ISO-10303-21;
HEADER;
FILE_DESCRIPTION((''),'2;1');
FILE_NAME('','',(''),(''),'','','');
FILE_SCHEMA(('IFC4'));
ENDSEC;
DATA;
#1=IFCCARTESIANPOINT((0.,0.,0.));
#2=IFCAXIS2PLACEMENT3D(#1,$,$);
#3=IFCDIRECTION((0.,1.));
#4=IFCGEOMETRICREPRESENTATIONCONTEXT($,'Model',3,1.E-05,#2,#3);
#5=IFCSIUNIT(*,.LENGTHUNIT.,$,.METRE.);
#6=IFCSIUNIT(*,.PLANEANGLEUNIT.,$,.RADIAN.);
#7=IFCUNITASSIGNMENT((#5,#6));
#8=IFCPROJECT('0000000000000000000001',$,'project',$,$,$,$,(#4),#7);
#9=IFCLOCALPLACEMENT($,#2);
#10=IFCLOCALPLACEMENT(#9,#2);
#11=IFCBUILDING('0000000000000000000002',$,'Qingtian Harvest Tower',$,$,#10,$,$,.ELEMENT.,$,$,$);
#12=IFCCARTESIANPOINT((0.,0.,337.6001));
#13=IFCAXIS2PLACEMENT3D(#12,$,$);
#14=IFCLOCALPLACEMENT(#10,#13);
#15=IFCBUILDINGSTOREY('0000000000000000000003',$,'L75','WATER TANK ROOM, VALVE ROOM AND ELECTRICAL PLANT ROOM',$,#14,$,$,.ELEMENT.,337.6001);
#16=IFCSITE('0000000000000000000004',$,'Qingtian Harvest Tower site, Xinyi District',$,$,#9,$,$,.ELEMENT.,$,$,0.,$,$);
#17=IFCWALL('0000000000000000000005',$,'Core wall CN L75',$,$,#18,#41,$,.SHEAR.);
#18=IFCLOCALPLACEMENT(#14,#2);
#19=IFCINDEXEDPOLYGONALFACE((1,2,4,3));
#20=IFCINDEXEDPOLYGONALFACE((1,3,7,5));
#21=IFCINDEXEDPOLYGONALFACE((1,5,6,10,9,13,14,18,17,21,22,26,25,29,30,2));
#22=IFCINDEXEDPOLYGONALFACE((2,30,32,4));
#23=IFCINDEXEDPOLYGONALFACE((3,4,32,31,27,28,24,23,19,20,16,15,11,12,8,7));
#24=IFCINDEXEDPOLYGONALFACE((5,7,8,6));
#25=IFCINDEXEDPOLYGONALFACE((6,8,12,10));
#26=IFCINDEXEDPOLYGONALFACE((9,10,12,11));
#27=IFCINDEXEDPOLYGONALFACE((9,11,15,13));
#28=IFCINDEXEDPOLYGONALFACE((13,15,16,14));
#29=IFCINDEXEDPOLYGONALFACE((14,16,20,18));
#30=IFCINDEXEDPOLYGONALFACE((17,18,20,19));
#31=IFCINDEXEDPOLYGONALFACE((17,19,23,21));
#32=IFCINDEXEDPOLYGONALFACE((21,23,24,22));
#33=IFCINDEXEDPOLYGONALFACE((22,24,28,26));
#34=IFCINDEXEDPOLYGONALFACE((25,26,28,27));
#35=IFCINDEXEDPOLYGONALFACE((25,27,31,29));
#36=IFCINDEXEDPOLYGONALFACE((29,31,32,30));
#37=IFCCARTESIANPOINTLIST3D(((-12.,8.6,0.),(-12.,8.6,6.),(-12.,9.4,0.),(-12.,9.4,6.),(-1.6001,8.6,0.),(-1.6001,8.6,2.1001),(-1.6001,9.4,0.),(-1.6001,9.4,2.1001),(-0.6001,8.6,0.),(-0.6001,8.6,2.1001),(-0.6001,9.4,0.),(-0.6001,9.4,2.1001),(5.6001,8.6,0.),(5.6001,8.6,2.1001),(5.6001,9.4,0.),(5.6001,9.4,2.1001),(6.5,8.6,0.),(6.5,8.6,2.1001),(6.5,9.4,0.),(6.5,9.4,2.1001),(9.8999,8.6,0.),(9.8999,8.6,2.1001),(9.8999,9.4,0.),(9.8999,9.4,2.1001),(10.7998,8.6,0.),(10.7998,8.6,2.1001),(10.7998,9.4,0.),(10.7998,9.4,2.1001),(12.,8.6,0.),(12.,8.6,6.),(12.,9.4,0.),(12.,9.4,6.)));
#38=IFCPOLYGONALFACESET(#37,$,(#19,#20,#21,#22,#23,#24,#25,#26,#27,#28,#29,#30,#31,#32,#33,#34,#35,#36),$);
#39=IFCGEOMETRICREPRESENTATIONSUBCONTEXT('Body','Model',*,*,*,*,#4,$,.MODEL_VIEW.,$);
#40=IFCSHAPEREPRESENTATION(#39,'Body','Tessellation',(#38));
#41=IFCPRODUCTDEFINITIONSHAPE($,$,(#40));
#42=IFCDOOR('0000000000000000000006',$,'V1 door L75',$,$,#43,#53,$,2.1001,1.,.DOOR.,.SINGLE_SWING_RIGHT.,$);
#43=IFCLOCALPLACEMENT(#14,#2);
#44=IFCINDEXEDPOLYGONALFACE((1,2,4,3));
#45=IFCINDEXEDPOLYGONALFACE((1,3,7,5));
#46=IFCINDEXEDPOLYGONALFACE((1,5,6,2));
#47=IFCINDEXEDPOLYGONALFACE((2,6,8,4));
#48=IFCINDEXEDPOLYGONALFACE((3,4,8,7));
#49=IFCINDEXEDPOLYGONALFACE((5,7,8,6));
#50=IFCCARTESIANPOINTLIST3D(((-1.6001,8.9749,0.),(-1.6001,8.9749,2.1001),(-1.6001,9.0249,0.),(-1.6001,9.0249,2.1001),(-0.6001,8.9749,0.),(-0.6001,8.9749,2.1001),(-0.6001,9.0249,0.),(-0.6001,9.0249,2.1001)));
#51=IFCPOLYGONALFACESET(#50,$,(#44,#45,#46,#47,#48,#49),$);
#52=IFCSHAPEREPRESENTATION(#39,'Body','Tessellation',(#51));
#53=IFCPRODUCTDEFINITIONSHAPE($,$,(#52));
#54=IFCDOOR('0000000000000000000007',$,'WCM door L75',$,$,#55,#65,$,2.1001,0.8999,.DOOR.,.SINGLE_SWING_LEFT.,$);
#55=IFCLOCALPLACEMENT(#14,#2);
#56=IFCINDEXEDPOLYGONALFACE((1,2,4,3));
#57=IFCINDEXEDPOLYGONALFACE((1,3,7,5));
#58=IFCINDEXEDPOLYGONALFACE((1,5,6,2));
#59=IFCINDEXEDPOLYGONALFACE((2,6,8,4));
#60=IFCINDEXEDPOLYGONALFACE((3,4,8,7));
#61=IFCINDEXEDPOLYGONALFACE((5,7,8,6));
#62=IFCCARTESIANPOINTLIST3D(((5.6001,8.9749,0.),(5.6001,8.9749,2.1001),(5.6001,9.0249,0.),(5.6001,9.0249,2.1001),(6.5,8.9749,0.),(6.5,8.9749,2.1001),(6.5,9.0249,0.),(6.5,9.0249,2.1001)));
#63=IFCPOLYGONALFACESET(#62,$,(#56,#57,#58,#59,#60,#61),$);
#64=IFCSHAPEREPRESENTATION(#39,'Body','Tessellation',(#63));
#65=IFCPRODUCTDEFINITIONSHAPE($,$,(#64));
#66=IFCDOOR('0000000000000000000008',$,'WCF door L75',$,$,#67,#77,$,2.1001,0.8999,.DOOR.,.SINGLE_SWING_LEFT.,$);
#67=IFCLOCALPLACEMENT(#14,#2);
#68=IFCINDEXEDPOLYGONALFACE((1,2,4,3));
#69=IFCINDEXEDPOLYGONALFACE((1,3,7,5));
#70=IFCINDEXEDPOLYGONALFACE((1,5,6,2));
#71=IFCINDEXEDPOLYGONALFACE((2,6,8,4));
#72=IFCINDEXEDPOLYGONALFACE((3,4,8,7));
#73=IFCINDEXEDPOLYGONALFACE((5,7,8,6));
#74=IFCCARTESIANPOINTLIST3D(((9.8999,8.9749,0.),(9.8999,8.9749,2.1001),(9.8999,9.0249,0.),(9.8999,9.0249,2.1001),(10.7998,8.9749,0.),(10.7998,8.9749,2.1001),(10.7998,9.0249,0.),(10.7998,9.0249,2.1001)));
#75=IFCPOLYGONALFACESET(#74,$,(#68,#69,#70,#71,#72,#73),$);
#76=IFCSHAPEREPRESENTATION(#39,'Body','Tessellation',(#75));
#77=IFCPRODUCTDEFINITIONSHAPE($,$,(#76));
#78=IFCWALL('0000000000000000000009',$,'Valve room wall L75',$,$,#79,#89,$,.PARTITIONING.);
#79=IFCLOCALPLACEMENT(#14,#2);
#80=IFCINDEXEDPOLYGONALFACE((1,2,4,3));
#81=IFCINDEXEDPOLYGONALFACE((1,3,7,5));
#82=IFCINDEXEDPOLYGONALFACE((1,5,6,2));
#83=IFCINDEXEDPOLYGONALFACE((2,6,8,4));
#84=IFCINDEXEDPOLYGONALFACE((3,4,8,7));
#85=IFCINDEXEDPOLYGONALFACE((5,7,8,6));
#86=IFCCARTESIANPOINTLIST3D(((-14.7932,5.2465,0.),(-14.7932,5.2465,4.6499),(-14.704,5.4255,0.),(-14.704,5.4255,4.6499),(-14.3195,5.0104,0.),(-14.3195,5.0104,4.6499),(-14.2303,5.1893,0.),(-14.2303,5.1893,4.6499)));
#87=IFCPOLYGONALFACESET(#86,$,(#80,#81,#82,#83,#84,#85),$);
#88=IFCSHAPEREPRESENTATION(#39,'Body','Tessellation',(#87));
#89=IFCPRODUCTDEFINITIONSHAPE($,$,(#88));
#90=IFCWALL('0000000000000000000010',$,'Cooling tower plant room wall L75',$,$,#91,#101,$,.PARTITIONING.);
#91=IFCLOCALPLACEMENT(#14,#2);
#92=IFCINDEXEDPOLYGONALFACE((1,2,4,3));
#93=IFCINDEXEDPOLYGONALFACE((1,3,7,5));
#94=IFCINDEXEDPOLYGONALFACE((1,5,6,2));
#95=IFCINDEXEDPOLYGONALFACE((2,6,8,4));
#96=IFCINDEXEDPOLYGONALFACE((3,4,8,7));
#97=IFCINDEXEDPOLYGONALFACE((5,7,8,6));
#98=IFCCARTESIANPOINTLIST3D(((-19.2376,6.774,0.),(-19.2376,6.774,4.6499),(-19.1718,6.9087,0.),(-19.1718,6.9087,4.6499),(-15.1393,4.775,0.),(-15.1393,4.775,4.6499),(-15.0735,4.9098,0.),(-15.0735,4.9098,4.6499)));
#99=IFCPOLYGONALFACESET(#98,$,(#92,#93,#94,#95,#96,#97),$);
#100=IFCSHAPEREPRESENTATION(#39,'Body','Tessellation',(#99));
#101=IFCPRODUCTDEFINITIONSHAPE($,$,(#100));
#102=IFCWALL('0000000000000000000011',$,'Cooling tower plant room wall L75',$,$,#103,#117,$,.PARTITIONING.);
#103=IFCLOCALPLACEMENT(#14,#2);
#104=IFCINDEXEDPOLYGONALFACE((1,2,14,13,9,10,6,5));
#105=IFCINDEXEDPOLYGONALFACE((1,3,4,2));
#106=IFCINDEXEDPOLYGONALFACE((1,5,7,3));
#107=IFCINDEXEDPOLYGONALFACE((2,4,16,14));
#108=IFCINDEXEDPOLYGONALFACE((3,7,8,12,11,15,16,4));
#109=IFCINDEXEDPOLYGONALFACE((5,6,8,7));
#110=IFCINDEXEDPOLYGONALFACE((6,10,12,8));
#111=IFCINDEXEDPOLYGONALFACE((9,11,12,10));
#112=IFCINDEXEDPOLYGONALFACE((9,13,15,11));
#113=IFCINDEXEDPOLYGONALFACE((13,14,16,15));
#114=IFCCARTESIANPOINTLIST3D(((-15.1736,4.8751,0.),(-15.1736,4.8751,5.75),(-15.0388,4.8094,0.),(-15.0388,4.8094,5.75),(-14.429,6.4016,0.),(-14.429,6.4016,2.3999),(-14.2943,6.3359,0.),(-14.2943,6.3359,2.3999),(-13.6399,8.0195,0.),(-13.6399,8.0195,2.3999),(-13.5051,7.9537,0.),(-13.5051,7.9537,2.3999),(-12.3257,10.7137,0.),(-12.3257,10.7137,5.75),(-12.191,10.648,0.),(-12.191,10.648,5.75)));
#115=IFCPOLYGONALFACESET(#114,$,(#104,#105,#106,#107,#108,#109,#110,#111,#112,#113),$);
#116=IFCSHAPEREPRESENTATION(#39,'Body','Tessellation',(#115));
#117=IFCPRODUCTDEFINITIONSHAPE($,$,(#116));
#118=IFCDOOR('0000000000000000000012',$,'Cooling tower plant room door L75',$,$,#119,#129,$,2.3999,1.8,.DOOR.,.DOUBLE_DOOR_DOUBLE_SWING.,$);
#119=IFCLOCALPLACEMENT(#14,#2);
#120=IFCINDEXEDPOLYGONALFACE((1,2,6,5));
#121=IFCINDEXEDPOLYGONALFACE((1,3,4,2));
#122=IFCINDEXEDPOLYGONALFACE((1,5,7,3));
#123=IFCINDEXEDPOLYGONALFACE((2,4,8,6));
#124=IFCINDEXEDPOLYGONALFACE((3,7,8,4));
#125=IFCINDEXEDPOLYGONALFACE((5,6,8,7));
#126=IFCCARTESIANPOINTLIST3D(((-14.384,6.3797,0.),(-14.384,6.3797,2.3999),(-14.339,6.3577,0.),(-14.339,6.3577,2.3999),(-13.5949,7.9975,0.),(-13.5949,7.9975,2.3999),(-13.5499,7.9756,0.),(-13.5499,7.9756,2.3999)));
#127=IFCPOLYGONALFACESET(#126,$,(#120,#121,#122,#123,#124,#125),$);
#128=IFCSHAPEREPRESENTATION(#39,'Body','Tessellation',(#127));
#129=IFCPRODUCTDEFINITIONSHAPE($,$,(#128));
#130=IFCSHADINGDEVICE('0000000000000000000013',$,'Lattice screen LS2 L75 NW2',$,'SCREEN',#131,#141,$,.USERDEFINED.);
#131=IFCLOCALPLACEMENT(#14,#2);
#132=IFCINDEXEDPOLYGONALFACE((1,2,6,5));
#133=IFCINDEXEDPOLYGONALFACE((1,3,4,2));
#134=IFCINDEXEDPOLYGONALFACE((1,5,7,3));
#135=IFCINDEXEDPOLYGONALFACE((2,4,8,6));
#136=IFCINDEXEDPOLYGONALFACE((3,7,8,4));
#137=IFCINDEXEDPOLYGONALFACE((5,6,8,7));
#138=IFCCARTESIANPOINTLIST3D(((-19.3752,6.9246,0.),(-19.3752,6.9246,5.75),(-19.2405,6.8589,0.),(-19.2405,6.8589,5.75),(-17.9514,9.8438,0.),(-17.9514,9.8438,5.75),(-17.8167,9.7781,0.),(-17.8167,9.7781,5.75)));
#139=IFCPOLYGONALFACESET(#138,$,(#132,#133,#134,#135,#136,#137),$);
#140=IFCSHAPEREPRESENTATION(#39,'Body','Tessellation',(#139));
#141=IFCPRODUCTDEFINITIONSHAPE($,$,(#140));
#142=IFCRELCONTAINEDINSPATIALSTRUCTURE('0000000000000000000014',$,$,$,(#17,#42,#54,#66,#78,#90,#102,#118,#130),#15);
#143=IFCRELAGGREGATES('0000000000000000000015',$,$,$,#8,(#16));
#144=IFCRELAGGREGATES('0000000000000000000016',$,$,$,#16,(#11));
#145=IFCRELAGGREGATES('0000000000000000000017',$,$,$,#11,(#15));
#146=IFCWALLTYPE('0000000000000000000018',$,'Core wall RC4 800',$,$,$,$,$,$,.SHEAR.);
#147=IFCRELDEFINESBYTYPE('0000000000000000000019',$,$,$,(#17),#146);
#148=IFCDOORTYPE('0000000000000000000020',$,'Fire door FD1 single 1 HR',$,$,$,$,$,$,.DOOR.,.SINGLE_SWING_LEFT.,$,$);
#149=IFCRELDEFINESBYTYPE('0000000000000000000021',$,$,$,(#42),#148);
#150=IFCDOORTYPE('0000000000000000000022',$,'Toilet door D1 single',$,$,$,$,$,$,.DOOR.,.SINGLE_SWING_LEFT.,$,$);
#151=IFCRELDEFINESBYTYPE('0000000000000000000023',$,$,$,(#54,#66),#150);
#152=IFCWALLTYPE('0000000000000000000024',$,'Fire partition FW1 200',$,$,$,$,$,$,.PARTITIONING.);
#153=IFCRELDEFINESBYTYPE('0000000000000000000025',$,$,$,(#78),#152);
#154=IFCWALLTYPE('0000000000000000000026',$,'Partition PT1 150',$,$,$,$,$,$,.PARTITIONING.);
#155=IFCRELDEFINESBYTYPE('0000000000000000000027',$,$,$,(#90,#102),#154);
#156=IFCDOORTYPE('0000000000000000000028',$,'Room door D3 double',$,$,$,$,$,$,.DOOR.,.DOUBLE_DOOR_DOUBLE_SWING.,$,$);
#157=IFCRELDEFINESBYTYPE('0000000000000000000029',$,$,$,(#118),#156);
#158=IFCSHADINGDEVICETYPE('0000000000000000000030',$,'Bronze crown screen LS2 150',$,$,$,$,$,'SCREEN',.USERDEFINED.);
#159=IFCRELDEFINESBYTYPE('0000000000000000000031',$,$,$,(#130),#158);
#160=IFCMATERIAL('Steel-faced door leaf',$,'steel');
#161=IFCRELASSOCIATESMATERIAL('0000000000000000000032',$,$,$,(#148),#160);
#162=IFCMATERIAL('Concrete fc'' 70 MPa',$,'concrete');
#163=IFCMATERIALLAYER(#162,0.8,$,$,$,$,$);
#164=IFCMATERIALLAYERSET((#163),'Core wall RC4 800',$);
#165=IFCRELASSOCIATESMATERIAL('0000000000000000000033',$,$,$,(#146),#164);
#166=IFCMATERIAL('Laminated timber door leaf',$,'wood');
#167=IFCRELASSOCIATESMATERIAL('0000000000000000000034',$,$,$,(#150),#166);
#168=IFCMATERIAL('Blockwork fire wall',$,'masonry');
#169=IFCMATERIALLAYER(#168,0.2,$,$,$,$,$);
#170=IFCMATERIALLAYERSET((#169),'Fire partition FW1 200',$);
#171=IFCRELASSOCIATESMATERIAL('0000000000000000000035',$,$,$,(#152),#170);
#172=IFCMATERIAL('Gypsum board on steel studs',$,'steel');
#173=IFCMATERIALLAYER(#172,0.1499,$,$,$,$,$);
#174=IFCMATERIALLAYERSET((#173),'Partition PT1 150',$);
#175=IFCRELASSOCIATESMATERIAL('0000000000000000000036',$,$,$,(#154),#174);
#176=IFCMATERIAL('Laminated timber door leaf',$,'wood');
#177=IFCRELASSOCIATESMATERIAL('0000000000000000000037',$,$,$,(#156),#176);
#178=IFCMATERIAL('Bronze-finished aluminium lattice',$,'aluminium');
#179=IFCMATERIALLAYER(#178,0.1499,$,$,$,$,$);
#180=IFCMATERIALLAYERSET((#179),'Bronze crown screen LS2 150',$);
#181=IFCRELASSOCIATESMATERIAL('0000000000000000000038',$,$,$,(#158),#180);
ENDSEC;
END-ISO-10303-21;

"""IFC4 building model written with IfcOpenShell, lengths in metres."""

from ifc_helpers import new_model, si_unit, direction, frame, frame_2d, origin, place, context, subcontext, project, spatial, polyline, rectangle, outline, extrude, material, layer, layer_set, type_object, element, fill, save


model = new_model("IFC4")

# Units and contexts
model_context = context("Model", 3, precision=1e-05, world=origin(), true_north=direction((0.0, 1.0)))
body_context = subcontext(model_context, "Body", "Model", "MODEL_VIEW")
ifc_project = project(units=[si_unit("LENGTHUNIT", "METRE"), si_unit("PLANEANGLEUNIT", "RADIAN")], contexts=[model_context])

# Site, building, storey
site_placement = place(None, origin())
site = spatial("IfcSite", under=ifc_project, at=site_placement, Name="Qingtian Harvest Tower site, Xinyi District", CompositionType="ELEMENT", RefElevation=0.0)
building_placement = place(site_placement, origin())
building = spatial("IfcBuilding", under=site, at=building_placement, Name="Qingtian Harvest Tower", CompositionType="ELEMENT")
storey_placement = place(building_placement, frame((0.0, 0.0, 337.6001)))
storey = spatial("IfcBuildingStorey", under=building, at=storey_placement, Name="L75", Description="WATER TANK ROOM, VALVE ROOM AND ELECTRICAL PLANT ROOM", CompositionType="ELEMENT", Elevation=337.6001)

# Wall, openings, doors
ifc_material_1 = material(Name="Steel-faced door leaf", Category="steel")
door_type_1 = type_object("IfcDoorType", Name="Fire door FD1 single 1 HR", OperationType="SINGLE_SWING_LEFT", PredefinedType="DOOR", material=ifc_material_1)
ifc_material_2 = material(Name="Concrete fc' 70 MPa", Category="concrete")
ifc_layer_1 = layer(ifc_material_2, 0.8)
ifc_layer_set_1 = layer_set([ifc_layer_1], Name="Core wall RC4 800")
wall_type_1 = type_object("IfcWallType", Name="Core wall RC4 800", PredefinedType="SHEAR", material=ifc_layer_set_1)
wall_1_placement = place(storey_placement, frame((-12.0, 9.0, 0.0), z_axis=(0.0, 0.0, 1.0), x_axis=(1.0, 0.0, 0.0)))
wall_1 = element("IfcWall", 1, at=wall_1_placement, inside=storey, type_object=wall_type_1, Name="Core wall CN L75", PredefinedType="SHEAR", context=body_context, shape_type="SweptSolid", body=[
    extrude(rectangle(XDim=24.0, YDim=0.8, at=frame_2d((12.0, 0.0))), origin(), (0.0, 0.0, 1.0), 6.0),
])
opening_1_placement = place(wall_1_placement, frame((10.3999, 0.0, 0.0)))
opening_1 = element("IfcOpeningElement", 2, at=opening_1_placement, cuts=wall_1, PredefinedType="OPENING", context=body_context, shape_type="SweptSolid", body=[
    extrude(rectangle(XDim=1.0, YDim=2.1001, at=frame_2d((0.5, 1.05))), frame((0.0, 0.4099, 0.0), z_axis=(0.0, -1.0, 0.0), x_axis=(1.0, 0.0, 0.0)), (0.0, 0.0, 1.0), 0.8201),
])
opening_2_placement = place(wall_1_placement, frame((17.6001, 0.0, 0.0)))
opening_2 = element("IfcOpeningElement", 3, at=opening_2_placement, cuts=wall_1, PredefinedType="OPENING", context=body_context, shape_type="SweptSolid", body=[
    extrude(rectangle(XDim=0.8999, YDim=2.1001, at=frame_2d((0.45, 1.05))), frame((0.0, 0.4099, 0.0), z_axis=(0.0, -1.0, 0.0), x_axis=(1.0, 0.0, 0.0)), (0.0, 0.0, 1.0), 0.8201),
])
opening_3_placement = place(wall_1_placement, frame((21.8999, 0.0, 0.0)))
opening_3 = element("IfcOpeningElement", 4, at=opening_3_placement, cuts=wall_1, PredefinedType="OPENING", context=body_context, shape_type="SweptSolid", body=[
    extrude(rectangle(XDim=0.8999, YDim=2.1001, at=frame_2d((0.45, 1.05))), frame((0.0, 0.4099, 0.0), z_axis=(0.0, -1.0, 0.0), x_axis=(1.0, 0.0, 0.0)), (0.0, 0.0, 1.0), 0.8201),
])
door_1_placement = place(opening_1_placement, origin())
door_1 = element("IfcDoor", 5, at=door_1_placement, inside=storey, type_object=door_type_1, Name="V1 door L75", OperationType="SINGLE_SWING_RIGHT", OverallHeight=2.1001, OverallWidth=1.0, PredefinedType="DOOR", context=body_context, shape_type="SweptSolid", body=[
    extrude(rectangle(XDim=1.0, YDim=2.1001, at=frame_2d((0.5, 1.05))), frame((0.0, 0.0249, 0.0), z_axis=(0.0, -1.0, 0.0), x_axis=(1.0, 0.0, 0.0)), (0.0, 0.0, 1.0), 0.05),
])
fill(opening_1, door_1)
ifc_material_3 = material(Name="Laminated timber door leaf", Category="wood")
door_type_2 = type_object("IfcDoorType", Name="Toilet door D1 single", OperationType="SINGLE_SWING_LEFT", PredefinedType="DOOR", material=ifc_material_3)
door_2_placement = place(opening_2_placement, origin())
door_2 = element("IfcDoor", 6, at=door_2_placement, inside=storey, type_object=door_type_2, Name="WCM door L75", OperationType="SINGLE_SWING_LEFT", OverallHeight=2.1001, OverallWidth=0.8999, PredefinedType="DOOR", context=body_context, shape_type="SweptSolid", body=[
    extrude(rectangle(XDim=0.8999, YDim=2.1001, at=frame_2d((0.45, 1.05))), frame((0.0, 0.0249, 0.0), z_axis=(0.0, -1.0, 0.0), x_axis=(1.0, 0.0, 0.0)), (0.0, 0.0, 1.0), 0.05),
])
fill(opening_2, door_2)
door_3_placement = place(opening_3_placement, origin())
door_3 = element("IfcDoor", 7, at=door_3_placement, inside=storey, type_object=door_type_2, Name="WCF door L75", OperationType="SINGLE_SWING_LEFT", OverallHeight=2.1001, OverallWidth=0.8999, PredefinedType="DOOR", context=body_context, shape_type="SweptSolid", body=[
    extrude(rectangle(XDim=0.8999, YDim=2.1001, at=frame_2d((0.45, 1.05))), frame((0.0, 0.0249, 0.0), z_axis=(0.0, -1.0, 0.0), x_axis=(1.0, 0.0, 0.0)), (0.0, 0.0, 1.0), 0.05),
])
fill(opening_3, door_3)

# Walls
ifc_material_4 = material(Name="Blockwork fire wall", Category="masonry")
ifc_layer_2 = layer(ifc_material_4, 0.2)
ifc_layer_set_2 = layer_set([ifc_layer_2], Name="Fire partition FW1 200")
wall_type_2 = type_object("IfcWallType", Name="Fire partition FW1 200", PredefinedType="PARTITIONING", material=ifc_layer_set_2)
wall_2_placement = place(storey_placement, frame((-14.2749, 5.0999, 0.0), z_axis=(0.0, 0.0, 1.0), x_axis=(-0.89498, 0.446106, 0.0)))
element("IfcWall", 8, at=wall_2_placement, inside=storey, type_object=wall_type_2, Name="Valve room wall L75", PredefinedType="PARTITIONING", context=body_context, shape_type="SweptSolid", body=[
    extrude(rectangle(XDim=0.5293, YDim=0.2, at=frame_2d((0.2646, 0.0))), origin(), (0.0, 0.0, 1.0), 4.6499),
])
ifc_material_5 = material(Name="Gypsum board on steel studs", Category="steel")
ifc_layer_3 = layer(ifc_material_5, 0.1499)
ifc_layer_set_3 = layer_set([ifc_layer_3], Name="Partition PT1 150")
wall_type_3 = type_object("IfcWallType", Name="Partition PT1 150", PredefinedType="PARTITIONING", material=ifc_layer_set_3)
wall_3_placement = place(storey_placement, frame((-19.2046, 6.8413, 0.0), z_axis=(0.0, 0.0, 1.0), x_axis=(0.898785, -0.43839, 0.0)))
element("IfcWall", 9, at=wall_3_placement, inside=storey, type_object=wall_type_3, Name="Cooling tower plant room wall L75", PredefinedType="PARTITIONING", context=body_context, shape_type="SweptSolid", body=[
    extrude(rectangle(XDim=4.5598, YDim=0.1499, at=frame_2d((2.2798, 0.0))), origin(), (0.0, 0.0, 1.0), 4.6499),
])

# Wall, opening, door
wall_4_placement = place(storey_placement, frame((-15.1062, 4.8423, 0.0), z_axis=(0.0, 0.0, 1.0), x_axis=(0.438398, 0.898781, 0.0)))
wall_4 = element("IfcWall", 10, at=wall_4_placement, inside=storey, type_object=wall_type_3, Name="Cooling tower plant room wall L75", PredefinedType="PARTITIONING", context=body_context, shape_type="SweptSolid", body=[
    extrude(rectangle(XDim=6.4961, YDim=0.1499, at=frame_2d((3.248, 0.0))), origin(), (0.0, 0.0, 1.0), 5.75),
])
opening_4_placement = place(wall_4_placement, frame((1.6985, 0.0, 0.0)))
opening_4 = element("IfcOpeningElement", 11, at=opening_4_placement, cuts=wall_4, PredefinedType="OPENING", context=body_context, shape_type="SweptSolid", body=[
    extrude(rectangle(XDim=1.8, YDim=2.3999, at=frame_2d((0.8999, 1.2))), frame((0.0, 0.085, 0.0), z_axis=(0.0, -1.0, 0.0), x_axis=(1.0, 0.0, 0.0)), (0.0, 0.0, 1.0), 0.1699),
])
ifc_material_6 = material(Name="Laminated timber door leaf", Category="wood")
door_type_3 = type_object("IfcDoorType", Name="Room door D3 double", OperationType="DOUBLE_DOOR_DOUBLE_SWING", PredefinedType="DOOR", material=ifc_material_6)
door_4_placement = place(opening_4_placement, origin())
door_4 = element("IfcDoor", 12, at=door_4_placement, inside=storey, type_object=door_type_3, Name="Cooling tower plant room door L75", OperationType="DOUBLE_DOOR_DOUBLE_SWING", OverallHeight=2.3999, OverallWidth=1.8, PredefinedType="DOOR", context=body_context, shape_type="SweptSolid", body=[
    extrude(rectangle(XDim=1.8, YDim=2.3999, at=frame_2d((0.8999, 1.2))), frame((0.0, 0.0249, 0.0), z_axis=(0.0, -1.0, 0.0), x_axis=(1.0, 0.0, 0.0)), (0.0, 0.0, 1.0), 0.05),
])
fill(opening_4, door_4)

# Shading device
ifc_material_7 = material(Name="Bronze-finished aluminium lattice", Category="aluminium")
ifc_layer_4 = layer(ifc_material_7, 0.1499)
ifc_layer_set_4 = layer_set([ifc_layer_4], Name="Bronze crown screen LS2 150")
shading_device_type = type_object("IfcShadingDeviceType", Name="Bronze crown screen LS2 150", ElementType="SCREEN", PredefinedType="USERDEFINED", material=ifc_layer_set_4)
shading_device_placement = place(storey_placement, frame((-19.2405, 6.8589, 0.0), z_axis=(0.898789, -0.438382, 0.0), x_axis=(0.438382, 0.898789, 0.0)))
element("IfcShadingDevice", 13, at=shading_device_placement, inside=storey, type_object=shading_device_type, Name="Lattice screen LS2 L75 NW2", ObjectType="SCREEN", PredefinedType="USERDEFINED", context=body_context, shape_type="SweptSolid", body=[
    extrude(outline(polyline([(0.0, 0.0), (3.2479, 0.0), (3.2479, 5.75), (0.0, 5.75), (0.0, 0.0)])), origin(), (0.0, 0.0, -1.0), 0.1499),
])

save(model, "model.ifc")
